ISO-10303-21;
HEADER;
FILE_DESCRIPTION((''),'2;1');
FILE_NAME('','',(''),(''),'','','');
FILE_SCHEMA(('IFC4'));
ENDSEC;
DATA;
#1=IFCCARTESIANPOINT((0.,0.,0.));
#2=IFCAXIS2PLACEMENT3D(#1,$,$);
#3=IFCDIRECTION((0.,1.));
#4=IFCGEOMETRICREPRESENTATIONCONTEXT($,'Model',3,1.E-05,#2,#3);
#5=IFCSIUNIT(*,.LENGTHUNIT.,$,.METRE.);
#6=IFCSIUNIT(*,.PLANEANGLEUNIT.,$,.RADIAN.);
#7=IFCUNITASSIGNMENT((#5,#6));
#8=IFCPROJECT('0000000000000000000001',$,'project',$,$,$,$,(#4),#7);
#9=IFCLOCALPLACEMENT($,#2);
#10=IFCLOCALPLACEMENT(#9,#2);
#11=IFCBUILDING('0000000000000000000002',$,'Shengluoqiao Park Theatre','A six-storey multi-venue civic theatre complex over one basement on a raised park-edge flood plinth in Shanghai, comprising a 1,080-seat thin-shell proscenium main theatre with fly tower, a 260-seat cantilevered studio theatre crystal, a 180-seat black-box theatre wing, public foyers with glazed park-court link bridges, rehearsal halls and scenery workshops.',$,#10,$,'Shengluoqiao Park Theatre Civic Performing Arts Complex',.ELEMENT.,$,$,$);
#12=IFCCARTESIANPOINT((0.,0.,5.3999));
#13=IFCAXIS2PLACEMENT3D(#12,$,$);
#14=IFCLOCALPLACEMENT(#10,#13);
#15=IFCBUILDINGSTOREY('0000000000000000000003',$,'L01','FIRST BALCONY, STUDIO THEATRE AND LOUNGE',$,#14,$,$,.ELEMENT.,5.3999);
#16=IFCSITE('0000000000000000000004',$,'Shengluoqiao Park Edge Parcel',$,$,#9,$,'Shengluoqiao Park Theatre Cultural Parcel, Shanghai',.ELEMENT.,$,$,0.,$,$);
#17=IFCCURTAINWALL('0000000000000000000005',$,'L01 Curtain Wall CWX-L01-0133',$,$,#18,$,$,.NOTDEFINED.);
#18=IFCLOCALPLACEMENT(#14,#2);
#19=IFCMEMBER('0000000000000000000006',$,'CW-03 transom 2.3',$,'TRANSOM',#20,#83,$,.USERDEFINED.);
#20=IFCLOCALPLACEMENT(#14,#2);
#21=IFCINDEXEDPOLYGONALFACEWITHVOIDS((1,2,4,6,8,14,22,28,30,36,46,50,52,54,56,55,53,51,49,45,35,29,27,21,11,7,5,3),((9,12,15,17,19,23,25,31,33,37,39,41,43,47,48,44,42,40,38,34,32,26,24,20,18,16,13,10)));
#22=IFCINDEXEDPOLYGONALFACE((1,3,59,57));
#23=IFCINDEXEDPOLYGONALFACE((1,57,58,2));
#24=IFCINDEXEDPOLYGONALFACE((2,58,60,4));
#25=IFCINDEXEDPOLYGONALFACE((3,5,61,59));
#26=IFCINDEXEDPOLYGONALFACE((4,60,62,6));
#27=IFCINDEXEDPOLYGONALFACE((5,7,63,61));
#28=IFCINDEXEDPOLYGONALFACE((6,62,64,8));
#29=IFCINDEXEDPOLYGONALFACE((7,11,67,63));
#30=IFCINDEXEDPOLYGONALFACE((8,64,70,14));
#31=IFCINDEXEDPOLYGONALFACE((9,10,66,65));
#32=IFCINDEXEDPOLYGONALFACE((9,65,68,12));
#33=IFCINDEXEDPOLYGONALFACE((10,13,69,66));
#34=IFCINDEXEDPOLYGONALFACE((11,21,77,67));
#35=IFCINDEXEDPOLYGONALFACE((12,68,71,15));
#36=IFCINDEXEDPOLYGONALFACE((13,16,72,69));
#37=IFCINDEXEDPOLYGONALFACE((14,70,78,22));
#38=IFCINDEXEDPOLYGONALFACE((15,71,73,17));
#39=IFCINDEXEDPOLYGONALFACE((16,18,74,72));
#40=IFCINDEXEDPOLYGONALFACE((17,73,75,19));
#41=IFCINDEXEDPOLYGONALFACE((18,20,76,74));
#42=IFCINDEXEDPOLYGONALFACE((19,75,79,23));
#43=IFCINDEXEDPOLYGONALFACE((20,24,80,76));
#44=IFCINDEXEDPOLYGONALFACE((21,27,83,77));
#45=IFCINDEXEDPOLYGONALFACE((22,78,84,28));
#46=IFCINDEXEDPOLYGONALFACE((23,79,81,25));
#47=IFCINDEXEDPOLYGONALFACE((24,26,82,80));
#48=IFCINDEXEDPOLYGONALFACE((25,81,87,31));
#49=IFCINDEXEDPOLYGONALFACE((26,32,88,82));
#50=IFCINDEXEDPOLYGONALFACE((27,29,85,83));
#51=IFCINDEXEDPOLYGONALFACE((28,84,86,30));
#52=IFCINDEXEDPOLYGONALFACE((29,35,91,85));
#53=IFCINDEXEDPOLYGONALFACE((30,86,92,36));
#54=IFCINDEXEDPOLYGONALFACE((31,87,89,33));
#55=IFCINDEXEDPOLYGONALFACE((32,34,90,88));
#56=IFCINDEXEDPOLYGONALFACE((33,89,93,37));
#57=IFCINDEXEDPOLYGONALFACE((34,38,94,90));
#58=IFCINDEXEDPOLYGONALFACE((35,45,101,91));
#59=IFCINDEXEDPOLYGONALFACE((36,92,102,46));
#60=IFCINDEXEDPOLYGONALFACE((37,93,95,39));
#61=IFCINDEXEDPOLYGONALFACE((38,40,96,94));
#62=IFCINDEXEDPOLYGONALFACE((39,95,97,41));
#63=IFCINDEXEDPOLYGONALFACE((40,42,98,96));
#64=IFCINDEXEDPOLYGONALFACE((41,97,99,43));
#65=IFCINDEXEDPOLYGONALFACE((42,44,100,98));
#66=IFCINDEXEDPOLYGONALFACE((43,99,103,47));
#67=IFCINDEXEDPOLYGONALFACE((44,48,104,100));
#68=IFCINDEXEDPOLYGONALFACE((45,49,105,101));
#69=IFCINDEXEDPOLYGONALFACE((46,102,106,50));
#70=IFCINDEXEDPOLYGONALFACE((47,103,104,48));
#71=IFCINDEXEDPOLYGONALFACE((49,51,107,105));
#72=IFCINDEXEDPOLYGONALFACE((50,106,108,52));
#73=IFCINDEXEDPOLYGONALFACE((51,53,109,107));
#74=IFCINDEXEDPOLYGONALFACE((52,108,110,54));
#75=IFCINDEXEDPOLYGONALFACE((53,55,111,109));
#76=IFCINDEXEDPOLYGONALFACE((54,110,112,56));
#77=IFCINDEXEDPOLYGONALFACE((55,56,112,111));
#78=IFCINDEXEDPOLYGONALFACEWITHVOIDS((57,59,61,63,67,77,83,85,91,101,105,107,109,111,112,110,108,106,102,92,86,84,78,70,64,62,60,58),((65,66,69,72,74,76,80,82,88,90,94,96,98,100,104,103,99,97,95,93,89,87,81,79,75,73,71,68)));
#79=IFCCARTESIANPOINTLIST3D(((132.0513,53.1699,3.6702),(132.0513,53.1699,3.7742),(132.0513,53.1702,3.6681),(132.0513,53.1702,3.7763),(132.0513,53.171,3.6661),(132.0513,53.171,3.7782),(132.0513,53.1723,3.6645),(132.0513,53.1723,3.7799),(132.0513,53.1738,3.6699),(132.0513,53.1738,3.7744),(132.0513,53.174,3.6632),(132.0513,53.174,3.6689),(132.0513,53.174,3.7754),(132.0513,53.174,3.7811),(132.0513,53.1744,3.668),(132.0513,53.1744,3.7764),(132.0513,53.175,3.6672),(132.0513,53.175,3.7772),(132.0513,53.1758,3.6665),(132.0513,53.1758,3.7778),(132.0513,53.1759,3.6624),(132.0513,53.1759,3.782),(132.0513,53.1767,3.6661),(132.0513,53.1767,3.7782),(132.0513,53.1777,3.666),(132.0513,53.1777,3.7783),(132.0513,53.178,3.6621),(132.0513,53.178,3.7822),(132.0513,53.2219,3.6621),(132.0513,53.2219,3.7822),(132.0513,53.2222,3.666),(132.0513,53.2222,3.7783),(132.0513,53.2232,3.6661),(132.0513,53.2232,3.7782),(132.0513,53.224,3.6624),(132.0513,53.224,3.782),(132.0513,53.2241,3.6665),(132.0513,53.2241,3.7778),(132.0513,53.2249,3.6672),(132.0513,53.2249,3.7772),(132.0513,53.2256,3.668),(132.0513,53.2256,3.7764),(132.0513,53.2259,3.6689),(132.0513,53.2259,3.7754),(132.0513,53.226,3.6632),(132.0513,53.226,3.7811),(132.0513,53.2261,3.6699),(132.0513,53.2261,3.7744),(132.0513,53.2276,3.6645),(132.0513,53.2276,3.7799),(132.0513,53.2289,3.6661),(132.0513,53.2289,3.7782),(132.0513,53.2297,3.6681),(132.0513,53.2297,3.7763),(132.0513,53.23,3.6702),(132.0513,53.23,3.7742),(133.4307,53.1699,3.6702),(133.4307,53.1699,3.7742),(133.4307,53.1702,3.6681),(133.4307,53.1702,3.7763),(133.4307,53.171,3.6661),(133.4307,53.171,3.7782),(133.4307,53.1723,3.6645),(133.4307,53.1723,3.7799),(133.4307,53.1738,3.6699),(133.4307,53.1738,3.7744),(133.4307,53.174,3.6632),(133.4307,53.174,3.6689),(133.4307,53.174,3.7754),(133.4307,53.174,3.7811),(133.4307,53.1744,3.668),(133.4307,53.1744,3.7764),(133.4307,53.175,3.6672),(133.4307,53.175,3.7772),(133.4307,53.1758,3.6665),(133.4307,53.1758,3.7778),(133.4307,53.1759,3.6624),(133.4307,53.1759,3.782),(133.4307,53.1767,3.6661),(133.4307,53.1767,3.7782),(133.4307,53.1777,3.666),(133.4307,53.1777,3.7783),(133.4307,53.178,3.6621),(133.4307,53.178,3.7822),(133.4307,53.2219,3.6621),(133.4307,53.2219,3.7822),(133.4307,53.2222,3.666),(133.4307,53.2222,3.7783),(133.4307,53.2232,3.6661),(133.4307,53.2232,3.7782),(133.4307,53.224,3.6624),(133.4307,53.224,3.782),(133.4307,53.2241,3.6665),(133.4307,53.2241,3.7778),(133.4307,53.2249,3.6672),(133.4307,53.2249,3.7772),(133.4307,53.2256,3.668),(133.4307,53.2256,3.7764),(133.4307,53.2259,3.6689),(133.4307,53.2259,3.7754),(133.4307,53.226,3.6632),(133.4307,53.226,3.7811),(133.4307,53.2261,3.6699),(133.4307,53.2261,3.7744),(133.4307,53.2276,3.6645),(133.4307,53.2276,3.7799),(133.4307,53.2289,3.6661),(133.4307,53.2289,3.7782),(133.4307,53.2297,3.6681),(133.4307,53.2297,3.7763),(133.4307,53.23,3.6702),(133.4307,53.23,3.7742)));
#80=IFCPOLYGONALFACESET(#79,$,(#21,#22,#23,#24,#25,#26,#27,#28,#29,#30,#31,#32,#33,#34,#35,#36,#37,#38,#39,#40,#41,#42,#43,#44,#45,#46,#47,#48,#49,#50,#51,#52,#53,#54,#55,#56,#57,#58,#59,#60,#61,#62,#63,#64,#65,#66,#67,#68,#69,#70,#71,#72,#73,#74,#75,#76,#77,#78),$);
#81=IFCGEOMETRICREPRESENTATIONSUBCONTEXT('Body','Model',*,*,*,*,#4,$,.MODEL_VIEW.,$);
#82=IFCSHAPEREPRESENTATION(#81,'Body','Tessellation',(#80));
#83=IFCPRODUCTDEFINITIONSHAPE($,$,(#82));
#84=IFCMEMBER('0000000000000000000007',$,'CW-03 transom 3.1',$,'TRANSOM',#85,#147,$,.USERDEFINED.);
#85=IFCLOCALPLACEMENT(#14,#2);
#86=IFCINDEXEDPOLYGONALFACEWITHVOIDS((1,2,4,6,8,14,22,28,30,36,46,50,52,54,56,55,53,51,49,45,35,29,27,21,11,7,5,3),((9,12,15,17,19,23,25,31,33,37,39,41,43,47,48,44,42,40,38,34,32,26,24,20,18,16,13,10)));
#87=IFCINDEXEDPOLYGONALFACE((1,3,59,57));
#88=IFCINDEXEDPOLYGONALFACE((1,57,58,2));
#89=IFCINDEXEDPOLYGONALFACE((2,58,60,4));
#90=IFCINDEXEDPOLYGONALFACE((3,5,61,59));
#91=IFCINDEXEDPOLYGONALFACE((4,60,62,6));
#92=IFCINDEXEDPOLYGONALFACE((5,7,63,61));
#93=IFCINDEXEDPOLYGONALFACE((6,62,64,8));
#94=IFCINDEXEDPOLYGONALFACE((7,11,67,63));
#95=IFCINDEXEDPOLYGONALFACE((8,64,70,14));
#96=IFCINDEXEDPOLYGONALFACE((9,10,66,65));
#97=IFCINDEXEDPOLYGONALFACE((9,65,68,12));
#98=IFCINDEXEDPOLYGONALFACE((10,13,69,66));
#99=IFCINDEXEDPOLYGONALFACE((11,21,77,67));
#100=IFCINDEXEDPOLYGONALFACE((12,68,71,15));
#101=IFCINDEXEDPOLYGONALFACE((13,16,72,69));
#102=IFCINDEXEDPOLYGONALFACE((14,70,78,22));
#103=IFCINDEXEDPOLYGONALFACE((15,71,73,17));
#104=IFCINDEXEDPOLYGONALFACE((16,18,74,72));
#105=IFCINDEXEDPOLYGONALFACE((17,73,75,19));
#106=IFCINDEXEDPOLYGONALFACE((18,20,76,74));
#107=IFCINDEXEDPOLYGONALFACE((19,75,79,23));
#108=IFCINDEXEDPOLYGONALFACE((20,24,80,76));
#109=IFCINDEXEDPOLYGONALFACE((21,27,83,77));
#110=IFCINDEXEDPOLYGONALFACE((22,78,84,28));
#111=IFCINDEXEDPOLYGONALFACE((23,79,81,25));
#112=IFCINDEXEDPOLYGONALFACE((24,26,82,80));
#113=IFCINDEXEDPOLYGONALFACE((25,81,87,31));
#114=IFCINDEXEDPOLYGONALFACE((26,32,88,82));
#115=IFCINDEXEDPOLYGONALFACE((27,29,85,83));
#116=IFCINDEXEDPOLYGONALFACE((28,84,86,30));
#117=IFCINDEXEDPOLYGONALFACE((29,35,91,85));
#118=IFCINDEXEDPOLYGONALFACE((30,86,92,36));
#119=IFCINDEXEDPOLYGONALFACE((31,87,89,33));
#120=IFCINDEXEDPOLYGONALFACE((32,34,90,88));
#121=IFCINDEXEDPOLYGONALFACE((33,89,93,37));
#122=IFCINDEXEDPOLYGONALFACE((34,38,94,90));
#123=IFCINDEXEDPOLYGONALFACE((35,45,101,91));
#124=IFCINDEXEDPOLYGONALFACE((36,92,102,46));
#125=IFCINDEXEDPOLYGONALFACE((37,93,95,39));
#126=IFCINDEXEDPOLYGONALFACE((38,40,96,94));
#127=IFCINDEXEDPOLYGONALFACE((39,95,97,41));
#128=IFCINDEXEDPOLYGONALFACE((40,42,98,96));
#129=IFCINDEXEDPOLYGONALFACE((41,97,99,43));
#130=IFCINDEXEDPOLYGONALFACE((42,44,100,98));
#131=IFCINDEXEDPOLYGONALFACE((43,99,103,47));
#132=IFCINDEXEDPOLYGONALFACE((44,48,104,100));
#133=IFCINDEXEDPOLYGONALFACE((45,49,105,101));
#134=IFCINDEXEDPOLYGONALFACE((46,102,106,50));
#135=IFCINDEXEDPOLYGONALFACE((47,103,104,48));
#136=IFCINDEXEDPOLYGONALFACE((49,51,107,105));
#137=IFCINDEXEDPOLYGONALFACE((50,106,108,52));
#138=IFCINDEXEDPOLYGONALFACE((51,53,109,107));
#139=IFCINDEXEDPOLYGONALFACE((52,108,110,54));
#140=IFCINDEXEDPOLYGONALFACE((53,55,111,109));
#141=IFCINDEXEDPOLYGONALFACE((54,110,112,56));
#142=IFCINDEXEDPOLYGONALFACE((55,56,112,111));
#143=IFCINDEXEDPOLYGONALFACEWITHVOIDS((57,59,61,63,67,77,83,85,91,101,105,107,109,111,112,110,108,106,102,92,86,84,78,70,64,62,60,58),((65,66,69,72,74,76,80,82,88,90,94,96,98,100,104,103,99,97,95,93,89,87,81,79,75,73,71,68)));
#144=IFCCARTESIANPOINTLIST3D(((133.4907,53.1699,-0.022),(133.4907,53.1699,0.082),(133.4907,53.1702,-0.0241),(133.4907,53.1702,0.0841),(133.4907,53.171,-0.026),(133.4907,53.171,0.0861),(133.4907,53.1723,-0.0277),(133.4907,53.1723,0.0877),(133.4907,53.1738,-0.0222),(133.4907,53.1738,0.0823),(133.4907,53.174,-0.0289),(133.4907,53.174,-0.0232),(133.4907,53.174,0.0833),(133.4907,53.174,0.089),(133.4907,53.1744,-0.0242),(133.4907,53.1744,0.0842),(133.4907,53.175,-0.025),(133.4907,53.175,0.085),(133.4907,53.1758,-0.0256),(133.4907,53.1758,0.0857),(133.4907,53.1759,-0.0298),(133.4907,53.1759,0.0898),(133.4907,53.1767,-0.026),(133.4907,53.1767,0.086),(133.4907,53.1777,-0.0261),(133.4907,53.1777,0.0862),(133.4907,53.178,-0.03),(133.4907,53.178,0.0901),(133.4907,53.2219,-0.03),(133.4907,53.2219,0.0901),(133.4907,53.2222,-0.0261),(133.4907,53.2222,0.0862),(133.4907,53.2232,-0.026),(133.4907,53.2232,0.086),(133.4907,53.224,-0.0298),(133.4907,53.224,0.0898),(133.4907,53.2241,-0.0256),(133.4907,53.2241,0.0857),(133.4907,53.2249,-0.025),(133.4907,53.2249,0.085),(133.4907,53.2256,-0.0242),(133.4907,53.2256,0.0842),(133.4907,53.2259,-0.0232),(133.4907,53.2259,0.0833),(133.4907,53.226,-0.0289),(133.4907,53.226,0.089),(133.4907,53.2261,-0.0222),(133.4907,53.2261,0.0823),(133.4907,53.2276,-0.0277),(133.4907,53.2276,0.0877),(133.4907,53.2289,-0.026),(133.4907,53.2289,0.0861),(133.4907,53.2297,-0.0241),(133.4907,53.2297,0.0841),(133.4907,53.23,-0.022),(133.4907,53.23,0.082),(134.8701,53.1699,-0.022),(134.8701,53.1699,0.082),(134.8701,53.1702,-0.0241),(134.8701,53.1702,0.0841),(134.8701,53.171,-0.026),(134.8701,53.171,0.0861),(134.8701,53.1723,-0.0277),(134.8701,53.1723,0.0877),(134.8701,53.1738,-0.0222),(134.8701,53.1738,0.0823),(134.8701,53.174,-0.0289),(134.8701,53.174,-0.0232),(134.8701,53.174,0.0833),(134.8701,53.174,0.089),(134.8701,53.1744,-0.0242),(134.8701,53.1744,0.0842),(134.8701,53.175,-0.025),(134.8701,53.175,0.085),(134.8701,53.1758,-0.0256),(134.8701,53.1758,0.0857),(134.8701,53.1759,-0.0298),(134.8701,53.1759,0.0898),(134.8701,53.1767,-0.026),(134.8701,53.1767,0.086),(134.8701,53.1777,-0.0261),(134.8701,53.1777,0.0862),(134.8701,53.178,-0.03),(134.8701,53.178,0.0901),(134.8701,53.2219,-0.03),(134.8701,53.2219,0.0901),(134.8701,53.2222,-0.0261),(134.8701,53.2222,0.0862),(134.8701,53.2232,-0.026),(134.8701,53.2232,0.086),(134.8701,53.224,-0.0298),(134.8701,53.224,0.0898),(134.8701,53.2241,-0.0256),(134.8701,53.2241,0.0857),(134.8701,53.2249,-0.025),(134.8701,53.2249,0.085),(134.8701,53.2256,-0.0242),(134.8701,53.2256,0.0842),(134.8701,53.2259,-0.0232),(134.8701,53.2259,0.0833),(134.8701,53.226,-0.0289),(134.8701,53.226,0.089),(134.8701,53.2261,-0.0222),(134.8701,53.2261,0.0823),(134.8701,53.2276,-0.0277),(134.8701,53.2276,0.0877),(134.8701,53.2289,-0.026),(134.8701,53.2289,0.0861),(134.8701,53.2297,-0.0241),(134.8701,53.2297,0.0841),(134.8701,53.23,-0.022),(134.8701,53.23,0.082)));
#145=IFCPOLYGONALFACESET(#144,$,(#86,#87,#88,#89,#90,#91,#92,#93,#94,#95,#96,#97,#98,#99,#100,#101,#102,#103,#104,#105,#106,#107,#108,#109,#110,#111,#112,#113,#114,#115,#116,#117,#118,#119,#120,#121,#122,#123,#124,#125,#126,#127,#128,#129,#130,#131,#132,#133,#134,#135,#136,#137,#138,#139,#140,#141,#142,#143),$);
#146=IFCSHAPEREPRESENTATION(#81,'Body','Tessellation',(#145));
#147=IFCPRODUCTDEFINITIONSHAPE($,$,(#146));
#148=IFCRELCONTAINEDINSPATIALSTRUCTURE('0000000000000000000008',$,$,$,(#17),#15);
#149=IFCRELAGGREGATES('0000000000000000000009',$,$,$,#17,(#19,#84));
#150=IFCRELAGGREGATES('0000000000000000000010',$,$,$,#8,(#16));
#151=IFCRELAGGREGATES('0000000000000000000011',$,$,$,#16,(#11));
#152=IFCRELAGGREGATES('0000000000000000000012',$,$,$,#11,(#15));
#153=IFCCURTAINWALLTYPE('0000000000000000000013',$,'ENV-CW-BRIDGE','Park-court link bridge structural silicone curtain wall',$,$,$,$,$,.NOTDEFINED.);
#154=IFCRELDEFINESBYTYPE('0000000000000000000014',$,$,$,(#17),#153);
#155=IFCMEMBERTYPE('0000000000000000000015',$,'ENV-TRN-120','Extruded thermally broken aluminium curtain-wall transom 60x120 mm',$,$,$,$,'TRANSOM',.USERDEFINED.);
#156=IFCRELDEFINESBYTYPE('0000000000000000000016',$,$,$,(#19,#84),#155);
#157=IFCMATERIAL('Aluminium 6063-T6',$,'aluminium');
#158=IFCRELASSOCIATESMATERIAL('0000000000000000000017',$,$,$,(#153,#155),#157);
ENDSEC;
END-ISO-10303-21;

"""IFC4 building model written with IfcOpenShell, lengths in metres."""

from ifc_helpers import new_model, si_unit, direction, frame, origin, origin_2d, place, context, subcontext, project, spatial, hollow_rectangle, extrude, material, material_profile, profile_set, type_object, element, aggregate, save


model = new_model("IFC4")

# Units and contexts
model_context = context("Model", 3, precision=1e-05, world=origin(), true_north=direction((0.0, 1.0)))
body_context = subcontext(model_context, "Body", "Model", "MODEL_VIEW")
ifc_project = project(units=[si_unit("LENGTHUNIT", "METRE"), si_unit("PLANEANGLEUNIT", "RADIAN")], contexts=[model_context])

# Site, building, storey
site_placement = place(None, origin())
site = spatial("IfcSite", under=ifc_project, at=site_placement, Name="Shengluoqiao Park Edge Parcel", LongName="Shengluoqiao Park Theatre Cultural Parcel, Shanghai", CompositionType="ELEMENT", RefElevation=0.0)
building_placement = place(site_placement, origin())
building = spatial("IfcBuilding", under=site, at=building_placement, Name="Shengluoqiao Park Theatre", Description="A six-storey multi-venue civic theatre complex over one basement on a raised park-edge flood plinth in Shanghai, comprising a 1,080-seat thin-shell proscenium main theatre with fly tower, a 260-seat cantilevered studio theatre crystal, a 180-seat black-box theatre wing, public foyers with glazed park-court link bridges, rehearsal halls and scenery workshops.", LongName="Shengluoqiao Park Theatre Civic Performing Arts Complex", CompositionType="ELEMENT")
storey_placement = place(building_placement, frame((0.0, 0.0, 5.3999)))
storey = spatial("IfcBuildingStorey", under=building, at=storey_placement, Name="L01", Description="FIRST BALCONY, STUDIO THEATRE AND LOUNGE", CompositionType="ELEMENT", Elevation=5.3999)

# Shared definitions
ifc_material_1 = material(Name="Aluminium 6063-T6", Category="aluminium")
curtain_wall_type = type_object("IfcCurtainWallType", Name="ENV-CW-BRIDGE", Description="Park-court link bridge structural silicone curtain wall", PredefinedType="NOTDEFINED", material=ifc_material_1)

# Curtain wall, members
curtain_wall_1_placement = place(storey_placement, origin())
curtain_wall_1 = element("IfcCurtainWall", 1, at=curtain_wall_1_placement, inside=storey, type_object=curtain_wall_type, Name="L01 Curtain Wall CWX-L01-0133", PredefinedType="NOTDEFINED")
ifc_material_profile_1 = material_profile(ifc_material_1, hollow_rectangle(XDim=0.0601, YDim=0.1201, WallThickness=0.0039, InnerFilletRadius=0.0039, OuterFilletRadius=0.0081, at=origin_2d()), Name="ALU TRANSOM 120x60x4")
ifc_profile_set_1 = profile_set([ifc_material_profile_1], Name="Aluminium 6063-T6")
member_type_1 = type_object("IfcMemberType", Name="ENV-TRN-120", Description="Extruded thermally broken aluminium curtain-wall transom 60x120 mm", ElementType="TRANSOM", PredefinedType="USERDEFINED", material=ifc_profile_set_1)
member_1_placement = place(storey_placement, frame((132.0513, 53.2, 3.7222), z_axis=(1.0, 0.0, 0.0), x_axis=(0.0, 1.0, 0.0)))
member_1 = element("IfcMember", 2, at=member_1_placement, type_object=member_type_1, Name="CW-03 transom 2.3", ObjectType="TRANSOM", PredefinedType="USERDEFINED", context=body_context, shape_type="SweptSolid", body=[
    extrude(hollow_rectangle(XDim=0.0601, YDim=0.1201, WallThickness=0.0039, InnerFilletRadius=0.0039, OuterFilletRadius=0.0081, at=origin_2d()), origin(), (0.0, 0.0, 1.0), 1.3794),
])
member_2_placement = place(storey_placement, frame((133.4907, 53.2, 0.03), z_axis=(1.0, 0.0, 0.0), x_axis=(0.0, 1.0, 0.0)))
member_2 = element("IfcMember", 3, at=member_2_placement, type_object=member_type_1, Name="CW-03 transom 3.1", ObjectType="TRANSOM", PredefinedType="USERDEFINED", context=body_context, shape_type="SweptSolid", body=[
    extrude(hollow_rectangle(XDim=0.0601, YDim=0.1201, WallThickness=0.0039, InnerFilletRadius=0.0039, OuterFilletRadius=0.0081, at=origin_2d()), origin(), (0.0, 0.0, 1.0), 1.3794),
])

aggregate(curtain_wall_1, [member_1, member_2])

save(model, "model.ifc")
